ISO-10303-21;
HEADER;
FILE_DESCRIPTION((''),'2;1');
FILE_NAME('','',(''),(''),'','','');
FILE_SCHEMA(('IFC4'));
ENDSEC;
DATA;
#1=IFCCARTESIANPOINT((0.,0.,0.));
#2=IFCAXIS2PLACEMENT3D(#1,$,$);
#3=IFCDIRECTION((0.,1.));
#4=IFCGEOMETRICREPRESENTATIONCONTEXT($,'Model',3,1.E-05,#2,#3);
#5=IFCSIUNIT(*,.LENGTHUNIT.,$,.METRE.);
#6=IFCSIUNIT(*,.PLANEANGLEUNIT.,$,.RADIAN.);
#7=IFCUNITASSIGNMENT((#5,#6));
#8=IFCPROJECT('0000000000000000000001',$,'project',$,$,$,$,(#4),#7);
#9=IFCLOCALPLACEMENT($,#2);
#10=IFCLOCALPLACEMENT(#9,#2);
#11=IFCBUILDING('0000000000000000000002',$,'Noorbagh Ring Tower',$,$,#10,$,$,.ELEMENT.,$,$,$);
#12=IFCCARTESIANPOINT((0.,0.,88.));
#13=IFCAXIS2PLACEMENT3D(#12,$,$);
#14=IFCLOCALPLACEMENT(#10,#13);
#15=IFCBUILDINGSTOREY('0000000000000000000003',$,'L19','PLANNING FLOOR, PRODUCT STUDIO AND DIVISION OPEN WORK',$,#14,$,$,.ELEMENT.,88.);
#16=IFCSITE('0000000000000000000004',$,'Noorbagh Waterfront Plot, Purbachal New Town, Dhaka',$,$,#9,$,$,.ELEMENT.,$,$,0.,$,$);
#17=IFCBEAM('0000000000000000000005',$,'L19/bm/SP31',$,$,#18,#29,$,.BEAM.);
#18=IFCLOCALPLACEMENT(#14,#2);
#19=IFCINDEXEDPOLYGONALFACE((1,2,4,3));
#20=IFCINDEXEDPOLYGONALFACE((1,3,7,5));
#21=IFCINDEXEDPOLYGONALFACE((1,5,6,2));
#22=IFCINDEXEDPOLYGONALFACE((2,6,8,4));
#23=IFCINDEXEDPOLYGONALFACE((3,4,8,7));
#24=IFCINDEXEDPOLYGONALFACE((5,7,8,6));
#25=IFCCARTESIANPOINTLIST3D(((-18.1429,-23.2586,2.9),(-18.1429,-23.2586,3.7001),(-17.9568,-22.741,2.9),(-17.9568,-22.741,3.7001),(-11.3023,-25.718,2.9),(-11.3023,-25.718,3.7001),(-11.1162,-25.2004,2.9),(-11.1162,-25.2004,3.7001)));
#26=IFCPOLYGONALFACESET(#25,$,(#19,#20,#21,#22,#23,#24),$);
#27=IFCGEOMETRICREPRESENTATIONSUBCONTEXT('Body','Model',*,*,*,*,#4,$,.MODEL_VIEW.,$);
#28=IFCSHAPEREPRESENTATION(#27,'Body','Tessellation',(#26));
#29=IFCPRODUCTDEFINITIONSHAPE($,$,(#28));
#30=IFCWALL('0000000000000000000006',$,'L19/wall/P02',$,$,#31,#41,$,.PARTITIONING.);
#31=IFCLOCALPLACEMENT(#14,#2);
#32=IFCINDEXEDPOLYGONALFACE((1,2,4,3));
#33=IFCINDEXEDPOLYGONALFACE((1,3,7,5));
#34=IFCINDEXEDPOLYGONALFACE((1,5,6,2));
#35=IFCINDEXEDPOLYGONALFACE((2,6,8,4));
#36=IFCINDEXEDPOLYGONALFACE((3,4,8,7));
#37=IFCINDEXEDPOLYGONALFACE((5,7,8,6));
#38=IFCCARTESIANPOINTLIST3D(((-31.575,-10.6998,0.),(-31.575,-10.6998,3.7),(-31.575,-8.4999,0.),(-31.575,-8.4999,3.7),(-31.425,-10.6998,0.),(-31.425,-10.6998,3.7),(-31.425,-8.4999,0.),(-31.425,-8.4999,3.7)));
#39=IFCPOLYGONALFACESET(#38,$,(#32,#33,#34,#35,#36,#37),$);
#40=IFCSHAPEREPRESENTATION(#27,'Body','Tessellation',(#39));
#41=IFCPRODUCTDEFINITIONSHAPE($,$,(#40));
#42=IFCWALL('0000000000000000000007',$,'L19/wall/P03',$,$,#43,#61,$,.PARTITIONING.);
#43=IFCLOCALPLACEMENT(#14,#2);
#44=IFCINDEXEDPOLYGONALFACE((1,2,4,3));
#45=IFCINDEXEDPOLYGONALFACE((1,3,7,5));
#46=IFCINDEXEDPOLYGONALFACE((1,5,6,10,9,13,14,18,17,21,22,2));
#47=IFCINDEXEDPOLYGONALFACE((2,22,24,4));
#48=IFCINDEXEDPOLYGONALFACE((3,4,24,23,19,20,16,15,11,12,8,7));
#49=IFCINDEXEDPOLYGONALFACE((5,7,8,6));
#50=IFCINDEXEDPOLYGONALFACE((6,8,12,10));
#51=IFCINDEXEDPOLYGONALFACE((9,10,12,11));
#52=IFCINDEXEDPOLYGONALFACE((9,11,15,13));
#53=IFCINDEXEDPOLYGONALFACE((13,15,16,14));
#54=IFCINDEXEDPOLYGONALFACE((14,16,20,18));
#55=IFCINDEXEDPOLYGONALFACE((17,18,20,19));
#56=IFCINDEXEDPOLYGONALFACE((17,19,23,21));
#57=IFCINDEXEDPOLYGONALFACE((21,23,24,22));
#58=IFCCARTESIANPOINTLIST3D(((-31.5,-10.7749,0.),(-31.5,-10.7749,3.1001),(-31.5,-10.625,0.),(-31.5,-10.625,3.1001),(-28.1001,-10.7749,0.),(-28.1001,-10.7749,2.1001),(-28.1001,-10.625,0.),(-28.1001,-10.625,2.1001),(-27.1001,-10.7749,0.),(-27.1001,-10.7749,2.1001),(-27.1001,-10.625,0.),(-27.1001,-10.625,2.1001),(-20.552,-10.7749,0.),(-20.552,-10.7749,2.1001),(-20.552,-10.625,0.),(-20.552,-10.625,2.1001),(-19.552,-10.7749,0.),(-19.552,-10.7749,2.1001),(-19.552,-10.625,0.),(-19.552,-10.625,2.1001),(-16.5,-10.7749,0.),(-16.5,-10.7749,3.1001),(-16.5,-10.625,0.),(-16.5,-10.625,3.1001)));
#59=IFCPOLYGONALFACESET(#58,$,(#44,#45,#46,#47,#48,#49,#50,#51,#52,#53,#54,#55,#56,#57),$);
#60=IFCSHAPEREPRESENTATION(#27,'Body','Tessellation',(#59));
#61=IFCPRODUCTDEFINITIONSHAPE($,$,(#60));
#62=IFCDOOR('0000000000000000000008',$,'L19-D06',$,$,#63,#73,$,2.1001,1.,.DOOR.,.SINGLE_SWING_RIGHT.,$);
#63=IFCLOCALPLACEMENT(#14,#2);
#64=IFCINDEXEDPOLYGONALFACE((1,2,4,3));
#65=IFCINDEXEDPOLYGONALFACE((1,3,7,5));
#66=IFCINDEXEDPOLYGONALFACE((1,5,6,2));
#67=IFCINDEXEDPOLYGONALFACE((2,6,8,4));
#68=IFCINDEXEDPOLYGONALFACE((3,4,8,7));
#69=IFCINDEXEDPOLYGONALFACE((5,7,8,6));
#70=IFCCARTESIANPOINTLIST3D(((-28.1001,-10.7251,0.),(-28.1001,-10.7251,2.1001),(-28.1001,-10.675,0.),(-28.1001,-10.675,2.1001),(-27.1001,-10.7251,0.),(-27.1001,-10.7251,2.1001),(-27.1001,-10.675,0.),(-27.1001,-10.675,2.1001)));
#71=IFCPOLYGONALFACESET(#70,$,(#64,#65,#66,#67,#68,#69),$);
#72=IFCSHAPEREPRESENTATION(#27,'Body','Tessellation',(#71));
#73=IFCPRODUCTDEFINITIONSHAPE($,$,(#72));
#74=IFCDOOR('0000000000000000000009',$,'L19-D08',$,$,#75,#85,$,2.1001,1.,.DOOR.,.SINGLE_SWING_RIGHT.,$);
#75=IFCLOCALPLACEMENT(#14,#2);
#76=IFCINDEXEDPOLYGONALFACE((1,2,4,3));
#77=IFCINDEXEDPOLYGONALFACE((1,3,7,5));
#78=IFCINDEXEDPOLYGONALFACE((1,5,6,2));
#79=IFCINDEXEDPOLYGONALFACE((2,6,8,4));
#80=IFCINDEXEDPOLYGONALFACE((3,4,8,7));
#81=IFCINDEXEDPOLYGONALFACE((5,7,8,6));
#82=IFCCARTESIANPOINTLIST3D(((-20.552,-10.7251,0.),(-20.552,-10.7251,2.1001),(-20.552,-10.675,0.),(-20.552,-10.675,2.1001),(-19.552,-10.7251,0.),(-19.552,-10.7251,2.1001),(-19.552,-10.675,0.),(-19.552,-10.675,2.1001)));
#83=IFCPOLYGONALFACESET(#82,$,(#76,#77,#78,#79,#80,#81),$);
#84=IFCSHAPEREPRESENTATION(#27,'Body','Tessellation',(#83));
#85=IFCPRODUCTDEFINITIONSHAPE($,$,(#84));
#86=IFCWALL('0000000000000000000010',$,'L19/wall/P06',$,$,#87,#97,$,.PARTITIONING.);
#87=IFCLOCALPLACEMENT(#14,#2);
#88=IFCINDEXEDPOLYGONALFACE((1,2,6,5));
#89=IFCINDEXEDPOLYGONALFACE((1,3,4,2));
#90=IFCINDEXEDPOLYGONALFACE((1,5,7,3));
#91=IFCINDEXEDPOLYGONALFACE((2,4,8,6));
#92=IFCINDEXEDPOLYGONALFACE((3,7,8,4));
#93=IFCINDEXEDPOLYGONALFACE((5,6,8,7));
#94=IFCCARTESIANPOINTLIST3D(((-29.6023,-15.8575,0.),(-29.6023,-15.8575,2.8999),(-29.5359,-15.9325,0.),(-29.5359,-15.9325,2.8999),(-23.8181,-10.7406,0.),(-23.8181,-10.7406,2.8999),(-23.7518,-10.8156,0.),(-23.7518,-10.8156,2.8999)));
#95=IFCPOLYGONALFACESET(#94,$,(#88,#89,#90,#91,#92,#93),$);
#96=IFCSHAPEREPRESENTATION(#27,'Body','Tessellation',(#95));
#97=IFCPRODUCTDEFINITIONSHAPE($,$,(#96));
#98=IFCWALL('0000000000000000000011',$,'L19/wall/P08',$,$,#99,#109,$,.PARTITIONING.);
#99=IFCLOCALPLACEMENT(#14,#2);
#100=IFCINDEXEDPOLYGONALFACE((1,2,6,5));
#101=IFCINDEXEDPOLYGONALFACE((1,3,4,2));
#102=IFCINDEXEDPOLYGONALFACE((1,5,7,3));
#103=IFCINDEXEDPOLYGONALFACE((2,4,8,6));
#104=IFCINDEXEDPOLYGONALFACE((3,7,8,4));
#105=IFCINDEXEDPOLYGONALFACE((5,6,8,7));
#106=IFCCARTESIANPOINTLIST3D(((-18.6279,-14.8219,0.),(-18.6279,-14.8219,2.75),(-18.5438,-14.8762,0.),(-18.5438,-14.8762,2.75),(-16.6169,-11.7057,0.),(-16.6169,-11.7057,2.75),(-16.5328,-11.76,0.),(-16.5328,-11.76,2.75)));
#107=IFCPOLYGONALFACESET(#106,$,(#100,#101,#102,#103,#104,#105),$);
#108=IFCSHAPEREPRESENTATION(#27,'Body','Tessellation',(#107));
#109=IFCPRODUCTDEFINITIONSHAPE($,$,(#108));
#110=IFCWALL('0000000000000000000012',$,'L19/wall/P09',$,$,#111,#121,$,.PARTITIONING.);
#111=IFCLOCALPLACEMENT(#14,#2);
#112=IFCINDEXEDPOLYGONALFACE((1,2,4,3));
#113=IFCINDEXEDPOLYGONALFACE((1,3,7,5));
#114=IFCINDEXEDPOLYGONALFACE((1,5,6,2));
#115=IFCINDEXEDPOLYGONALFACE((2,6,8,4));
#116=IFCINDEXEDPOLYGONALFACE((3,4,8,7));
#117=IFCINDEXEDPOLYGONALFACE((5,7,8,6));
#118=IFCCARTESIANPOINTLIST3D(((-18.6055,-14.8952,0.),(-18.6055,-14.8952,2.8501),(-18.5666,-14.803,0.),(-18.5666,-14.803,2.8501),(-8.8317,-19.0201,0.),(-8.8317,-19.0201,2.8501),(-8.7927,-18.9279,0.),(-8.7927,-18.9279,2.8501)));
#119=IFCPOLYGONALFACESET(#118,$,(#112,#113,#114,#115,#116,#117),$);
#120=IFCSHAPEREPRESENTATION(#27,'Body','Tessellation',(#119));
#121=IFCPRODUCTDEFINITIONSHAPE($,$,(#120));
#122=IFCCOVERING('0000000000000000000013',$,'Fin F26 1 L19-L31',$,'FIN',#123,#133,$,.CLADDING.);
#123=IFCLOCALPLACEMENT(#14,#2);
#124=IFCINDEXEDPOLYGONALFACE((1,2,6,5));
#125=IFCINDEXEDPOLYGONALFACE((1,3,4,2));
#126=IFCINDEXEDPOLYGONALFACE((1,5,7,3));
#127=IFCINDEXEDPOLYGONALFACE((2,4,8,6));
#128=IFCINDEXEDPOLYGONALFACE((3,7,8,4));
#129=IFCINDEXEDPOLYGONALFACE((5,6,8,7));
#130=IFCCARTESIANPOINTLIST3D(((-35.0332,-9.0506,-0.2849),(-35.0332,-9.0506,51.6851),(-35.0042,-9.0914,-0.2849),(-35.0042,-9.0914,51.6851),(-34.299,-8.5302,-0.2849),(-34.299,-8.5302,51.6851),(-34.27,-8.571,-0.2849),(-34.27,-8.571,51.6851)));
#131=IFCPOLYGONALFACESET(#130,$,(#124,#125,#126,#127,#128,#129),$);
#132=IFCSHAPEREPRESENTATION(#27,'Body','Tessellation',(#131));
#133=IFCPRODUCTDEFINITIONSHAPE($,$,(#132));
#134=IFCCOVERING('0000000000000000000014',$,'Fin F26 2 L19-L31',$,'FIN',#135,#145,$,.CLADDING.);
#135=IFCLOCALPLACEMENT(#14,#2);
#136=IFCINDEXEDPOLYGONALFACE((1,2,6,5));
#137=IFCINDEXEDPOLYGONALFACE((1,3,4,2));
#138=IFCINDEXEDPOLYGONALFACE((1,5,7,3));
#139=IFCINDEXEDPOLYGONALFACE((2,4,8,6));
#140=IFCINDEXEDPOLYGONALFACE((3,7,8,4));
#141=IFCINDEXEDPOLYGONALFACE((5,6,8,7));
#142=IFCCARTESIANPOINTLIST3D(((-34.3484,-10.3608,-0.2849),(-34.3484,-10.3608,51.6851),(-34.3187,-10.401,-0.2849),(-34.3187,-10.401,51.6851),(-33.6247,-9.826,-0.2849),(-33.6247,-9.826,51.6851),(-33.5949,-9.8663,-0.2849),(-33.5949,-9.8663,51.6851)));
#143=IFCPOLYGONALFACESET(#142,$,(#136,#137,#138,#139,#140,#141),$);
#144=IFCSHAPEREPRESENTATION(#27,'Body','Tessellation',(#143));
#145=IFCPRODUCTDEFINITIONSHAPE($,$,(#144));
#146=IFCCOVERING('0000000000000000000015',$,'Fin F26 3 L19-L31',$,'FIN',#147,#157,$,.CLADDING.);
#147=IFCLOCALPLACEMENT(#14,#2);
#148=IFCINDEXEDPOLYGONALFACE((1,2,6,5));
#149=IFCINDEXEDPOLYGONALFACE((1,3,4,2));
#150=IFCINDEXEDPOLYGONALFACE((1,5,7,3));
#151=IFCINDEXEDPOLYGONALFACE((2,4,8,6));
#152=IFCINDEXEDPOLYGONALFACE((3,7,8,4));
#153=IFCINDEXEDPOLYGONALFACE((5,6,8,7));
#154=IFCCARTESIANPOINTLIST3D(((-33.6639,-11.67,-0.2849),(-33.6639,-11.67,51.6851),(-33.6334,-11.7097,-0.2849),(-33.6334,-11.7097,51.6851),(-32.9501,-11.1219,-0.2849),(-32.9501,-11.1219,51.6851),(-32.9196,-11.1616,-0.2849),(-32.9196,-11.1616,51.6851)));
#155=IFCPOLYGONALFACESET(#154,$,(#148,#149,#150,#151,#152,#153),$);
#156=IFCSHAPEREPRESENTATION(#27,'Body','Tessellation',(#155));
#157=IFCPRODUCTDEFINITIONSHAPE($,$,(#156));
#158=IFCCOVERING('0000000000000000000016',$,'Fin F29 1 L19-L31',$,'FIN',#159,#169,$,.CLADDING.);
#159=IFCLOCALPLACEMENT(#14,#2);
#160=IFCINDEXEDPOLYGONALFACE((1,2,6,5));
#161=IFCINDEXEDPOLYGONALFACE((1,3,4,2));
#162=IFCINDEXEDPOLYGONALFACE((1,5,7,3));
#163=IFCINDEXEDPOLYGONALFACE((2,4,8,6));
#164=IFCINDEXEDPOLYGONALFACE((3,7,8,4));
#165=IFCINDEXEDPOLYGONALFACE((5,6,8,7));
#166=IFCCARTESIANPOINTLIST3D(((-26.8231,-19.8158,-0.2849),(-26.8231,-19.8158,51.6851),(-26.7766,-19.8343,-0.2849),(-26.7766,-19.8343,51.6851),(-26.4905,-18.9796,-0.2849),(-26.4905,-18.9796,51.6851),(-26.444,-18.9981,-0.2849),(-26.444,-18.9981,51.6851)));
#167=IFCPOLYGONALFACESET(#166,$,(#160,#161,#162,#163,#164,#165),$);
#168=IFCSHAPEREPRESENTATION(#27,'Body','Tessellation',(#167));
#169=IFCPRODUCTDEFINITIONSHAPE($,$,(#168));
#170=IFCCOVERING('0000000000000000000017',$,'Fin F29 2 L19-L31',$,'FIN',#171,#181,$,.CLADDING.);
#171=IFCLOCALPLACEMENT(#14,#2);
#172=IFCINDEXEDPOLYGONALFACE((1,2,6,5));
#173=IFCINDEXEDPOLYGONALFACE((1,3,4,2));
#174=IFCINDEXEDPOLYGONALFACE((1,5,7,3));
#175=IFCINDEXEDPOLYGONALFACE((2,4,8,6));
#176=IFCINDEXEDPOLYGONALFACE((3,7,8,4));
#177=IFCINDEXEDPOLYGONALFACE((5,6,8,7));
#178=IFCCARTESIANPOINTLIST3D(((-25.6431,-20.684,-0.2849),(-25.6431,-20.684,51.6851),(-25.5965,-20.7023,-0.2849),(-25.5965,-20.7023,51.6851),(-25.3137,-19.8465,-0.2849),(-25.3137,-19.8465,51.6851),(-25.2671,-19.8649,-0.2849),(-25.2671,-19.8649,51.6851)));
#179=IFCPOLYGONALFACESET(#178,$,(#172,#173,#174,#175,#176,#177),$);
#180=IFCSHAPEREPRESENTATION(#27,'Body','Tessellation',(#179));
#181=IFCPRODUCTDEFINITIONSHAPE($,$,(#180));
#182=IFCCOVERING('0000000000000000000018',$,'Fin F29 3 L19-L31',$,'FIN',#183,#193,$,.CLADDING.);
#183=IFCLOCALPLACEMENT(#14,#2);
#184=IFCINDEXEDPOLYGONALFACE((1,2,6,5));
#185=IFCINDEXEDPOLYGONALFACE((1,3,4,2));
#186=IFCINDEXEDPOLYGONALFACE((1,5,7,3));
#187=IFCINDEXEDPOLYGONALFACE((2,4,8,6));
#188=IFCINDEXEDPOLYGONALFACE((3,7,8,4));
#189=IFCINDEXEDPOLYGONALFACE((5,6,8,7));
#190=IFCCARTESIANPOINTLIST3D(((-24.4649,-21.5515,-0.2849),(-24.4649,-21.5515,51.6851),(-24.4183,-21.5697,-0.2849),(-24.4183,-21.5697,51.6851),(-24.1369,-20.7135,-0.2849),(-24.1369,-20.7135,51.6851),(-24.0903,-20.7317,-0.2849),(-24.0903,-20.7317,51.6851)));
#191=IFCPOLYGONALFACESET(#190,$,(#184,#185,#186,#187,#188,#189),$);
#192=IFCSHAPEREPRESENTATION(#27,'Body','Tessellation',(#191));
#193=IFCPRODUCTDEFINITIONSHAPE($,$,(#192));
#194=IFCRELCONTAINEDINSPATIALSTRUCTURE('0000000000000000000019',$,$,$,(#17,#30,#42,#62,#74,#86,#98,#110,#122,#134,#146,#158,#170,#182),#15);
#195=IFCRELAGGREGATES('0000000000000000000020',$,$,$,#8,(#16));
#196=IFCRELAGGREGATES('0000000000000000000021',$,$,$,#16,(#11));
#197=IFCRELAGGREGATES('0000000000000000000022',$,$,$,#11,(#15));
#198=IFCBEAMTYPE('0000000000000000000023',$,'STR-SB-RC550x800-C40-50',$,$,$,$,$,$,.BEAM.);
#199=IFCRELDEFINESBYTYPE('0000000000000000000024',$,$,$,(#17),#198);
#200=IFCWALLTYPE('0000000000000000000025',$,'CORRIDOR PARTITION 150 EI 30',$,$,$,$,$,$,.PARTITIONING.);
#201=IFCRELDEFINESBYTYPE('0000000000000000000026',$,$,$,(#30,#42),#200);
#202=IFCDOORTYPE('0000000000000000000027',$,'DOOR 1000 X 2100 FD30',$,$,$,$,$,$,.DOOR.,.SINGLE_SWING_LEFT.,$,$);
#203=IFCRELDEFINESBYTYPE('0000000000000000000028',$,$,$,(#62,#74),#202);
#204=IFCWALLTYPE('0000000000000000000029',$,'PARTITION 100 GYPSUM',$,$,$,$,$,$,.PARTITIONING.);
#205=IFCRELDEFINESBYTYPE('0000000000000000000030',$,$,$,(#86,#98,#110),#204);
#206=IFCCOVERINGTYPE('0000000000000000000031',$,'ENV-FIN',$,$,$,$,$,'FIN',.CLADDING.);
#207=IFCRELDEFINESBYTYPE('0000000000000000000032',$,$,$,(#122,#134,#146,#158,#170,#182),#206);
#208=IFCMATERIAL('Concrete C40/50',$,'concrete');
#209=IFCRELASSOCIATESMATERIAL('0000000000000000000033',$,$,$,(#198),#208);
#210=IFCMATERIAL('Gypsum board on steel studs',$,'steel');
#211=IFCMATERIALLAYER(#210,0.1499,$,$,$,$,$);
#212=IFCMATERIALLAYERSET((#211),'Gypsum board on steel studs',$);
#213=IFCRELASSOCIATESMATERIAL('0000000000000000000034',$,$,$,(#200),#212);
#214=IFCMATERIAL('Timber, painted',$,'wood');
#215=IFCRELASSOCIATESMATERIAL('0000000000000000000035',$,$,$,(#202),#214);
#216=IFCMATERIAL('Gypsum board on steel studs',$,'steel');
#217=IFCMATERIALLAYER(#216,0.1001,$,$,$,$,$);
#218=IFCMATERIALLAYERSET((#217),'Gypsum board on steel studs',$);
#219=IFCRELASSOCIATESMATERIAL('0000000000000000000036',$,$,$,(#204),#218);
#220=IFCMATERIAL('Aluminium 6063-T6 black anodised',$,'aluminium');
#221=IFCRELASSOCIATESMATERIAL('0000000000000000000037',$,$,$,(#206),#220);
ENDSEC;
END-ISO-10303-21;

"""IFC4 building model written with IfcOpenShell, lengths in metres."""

from ifc_helpers import new_model, si_unit, direction, frame, frame_2d, origin, origin_2d, place, context, subcontext, project, spatial, rectangle, extrude, material, layer, layer_set, material_profile, profile_set, type_object, element, fill, save


model = new_model("IFC4")

# Units and contexts
model_context = context("Model", 3, precision=1e-05, world=origin(), true_north=direction((0.0, 1.0)))
body_context = subcontext(model_context, "Body", "Model", "MODEL_VIEW")
ifc_project = project(units=[si_unit("LENGTHUNIT", "METRE"), si_unit("PLANEANGLEUNIT", "RADIAN")], contexts=[model_context])

# Site, building, storey
site_placement = place(None, origin())
site = spatial("IfcSite", under=ifc_project, at=site_placement, Name="Noorbagh Waterfront Plot, Purbachal New Town, Dhaka", CompositionType="ELEMENT", RefElevation=0.0)
building_placement = place(site_placement, origin())
building = spatial("IfcBuilding", under=site, at=building_placement, Name="Noorbagh Ring Tower", CompositionType="ELEMENT")
storey_placement = place(building_placement, frame((0.0, 0.0, 88.0)))
storey = spatial("IfcBuildingStorey", under=building, at=storey_placement, Name="L19", Description="PLANNING FLOOR, PRODUCT STUDIO AND DIVISION OPEN WORK", CompositionType="ELEMENT", Elevation=88.0)

# Beam
ifc_material_1 = material(Name="Concrete C40/50", Category="concrete")
ifc_material_profile_1 = material_profile(ifc_material_1, rectangle(XDim=0.55, YDim=0.8, at=origin_2d()), Name="RC550x800")
ifc_profile_set_1 = profile_set([ifc_material_profile_1], Name="Concrete C40/50")
beam_type_1 = type_object("IfcBeamType", Name="STR-SB-RC550x800-C40-50", PredefinedType="BEAM", material=ifc_profile_set_1)
beam_1_placement = place(storey_placement, frame((-18.0498, -22.9998, 3.3), z_axis=(0.941025, -0.338338, 0.0), x_axis=(0.338338, 0.941025, 0.0)))
element("IfcBeam", 1, at=beam_1_placement, inside=storey, type_object=beam_type_1, Name="L19/bm/SP31", PredefinedType="BEAM", context=body_context, shape_type="SweptSolid", body=[
    extrude(rectangle(XDim=0.55, YDim=0.8, at=origin_2d()), origin(), (0.0, 0.0, 1.0), 7.2693),
])

# Wall
ifc_material_2 = material(Name="Gypsum board on steel studs", Category="steel")
ifc_layer_1 = layer(ifc_material_2, 0.1499)
ifc_layer_set_1 = layer_set([ifc_layer_1], Name="Gypsum board on steel studs")
wall_type_1 = type_object("IfcWallType", Name="CORRIDOR PARTITION 150 EI 30", PredefinedType="PARTITIONING", material=ifc_layer_set_1)
wall_1_placement = place(storey_placement, frame((-31.5, -10.7, 0.0), z_axis=(0.0, 0.0, 1.0), x_axis=(0.0, 1.0, 0.0)))
element("IfcWall", 2, at=wall_1_placement, inside=storey, type_object=wall_type_1, Name="L19/wall/P02", PredefinedType="PARTITIONING", context=body_context, shape_type="SweptSolid", body=[
    extrude(rectangle(XDim=2.2, YDim=0.1499, at=frame_2d((1.1001, 0.0))), origin(), (0.0, 0.0, 1.0), 3.7),
])

# Wall, openings, doors
wall_2_placement = place(storey_placement, frame((-31.5, -10.7, 0.0), z_axis=(0.0, 0.0, 1.0), x_axis=(1.0, 0.0, 0.0)))
wall_2 = element("IfcWall", 3, at=wall_2_placement, inside=storey, type_object=wall_type_1, Name="L19/wall/P03", PredefinedType="PARTITIONING", context=body_context, shape_type="SweptSolid", body=[
    extrude(rectangle(XDim=15.0, YDim=0.1499, at=frame_2d((7.5, 0.0))), origin(), (0.0, 0.0, 1.0), 3.1001),
])
opening_1_placement = place(wall_2_placement, frame((3.3999, 0.0, 0.0)))
opening_1 = element("IfcOpeningElement", 4, at=opening_1_placement, cuts=wall_2, PredefinedType="OPENING", context=body_context, shape_type="SweptSolid", body=[
    extrude(rectangle(XDim=1.0, YDim=2.1001, at=frame_2d((0.5, 1.05))), frame((0.0, 0.085, 0.0), z_axis=(0.0, -1.0, 0.0), x_axis=(1.0, 0.0, 0.0)), (0.0, 0.0, 1.0), 0.1699),
])
opening_2_placement = place(wall_2_placement, frame((10.948, 0.0, 0.0)))
opening_2 = element("IfcOpeningElement", 5, at=opening_2_placement, cuts=wall_2, PredefinedType="OPENING", context=body_context, shape_type="SweptSolid", body=[
    extrude(rectangle(XDim=1.0, YDim=2.1001, at=frame_2d((0.5, 1.05))), frame((0.0, 0.085, 0.0), z_axis=(0.0, -1.0, 0.0), x_axis=(1.0, 0.0, 0.0)), (0.0, 0.0, 1.0), 0.1699),
])
ifc_material_3 = material(Name="Timber, painted", Category="wood")
door_type = type_object("IfcDoorType", Name="DOOR 1000 X 2100 FD30", OperationType="SINGLE_SWING_LEFT", PredefinedType="DOOR", material=ifc_material_3)
door_1_placement = place(opening_1_placement, origin())
door_1 = element("IfcDoor", 6, at=door_1_placement, inside=storey, type_object=door_type, Name="L19-D06", OperationType="SINGLE_SWING_RIGHT", OverallHeight=2.1001, OverallWidth=1.0, PredefinedType="DOOR", context=body_context, shape_type="SweptSolid", body=[
    extrude(rectangle(XDim=1.0, YDim=2.1001, at=frame_2d((0.5, 1.05))), frame((0.0, 0.0249, 0.0), z_axis=(0.0, -1.0, 0.0), x_axis=(1.0, 0.0, 0.0)), (0.0, 0.0, 1.0), 0.05),
])
fill(opening_1, door_1)
door_2_placement = place(opening_2_placement, origin())
door_2 = element("IfcDoor", 7, at=door_2_placement, inside=storey, type_object=door_type, Name="L19-D08", OperationType="SINGLE_SWING_RIGHT", OverallHeight=2.1001, OverallWidth=1.0, PredefinedType="DOOR", context=body_context, shape_type="SweptSolid", body=[
    extrude(rectangle(XDim=1.0, YDim=2.1001, at=frame_2d((0.5, 1.05))), frame((0.0, 0.0249, 0.0), z_axis=(0.0, -1.0, 0.0), x_axis=(1.0, 0.0, 0.0)), (0.0, 0.0, 1.0), 0.05),
])
fill(opening_2, door_2)

# Walls
ifc_material_4 = material(Name="Gypsum board on steel studs", Category="steel")
ifc_layer_2 = layer(ifc_material_4, 0.1001)
ifc_layer_set_2 = layer_set([ifc_layer_2], Name="Gypsum board on steel studs")
wall_type_2 = type_object("IfcWallType", Name="PARTITION 100 GYPSUM", PredefinedType="PARTITIONING", material=ifc_layer_set_2)
wall_3_placement = place(storey_placement, frame((-29.5691, -15.895, 0.0), z_axis=(0.0, 0.0, 1.0), x_axis=(0.748986, 0.662586, 0.0)))
element("IfcWall", 8, at=wall_3_placement, inside=storey, type_object=wall_type_2, Name="L19/wall/P06", PredefinedType="PARTITIONING", context=body_context, shape_type="SweptSolid", body=[
    extrude(rectangle(XDim=7.7227, YDim=0.1001, at=frame_2d((3.8613, 0.0))), origin(), (0.0, 0.0, 1.0), 2.8999),
])
wall_4_placement = place(storey_placement, frame((-18.5859, -14.8491, 0.0), z_axis=(0.0, 0.0, 1.0), x_axis=(0.542227, 0.840232, 0.0)))
element("IfcWall", 9, at=wall_4_placement, inside=storey, type_object=wall_type_2, Name="L19/wall/P08", PredefinedType="PARTITIONING", context=body_context, shape_type="SweptSolid", body=[
    extrude(rectangle(XDim=3.7087, YDim=0.1001, at=frame_2d((1.8545, 0.0))), origin(), (0.0, 0.0, 1.0), 2.75),
])
wall_5_placement = place(storey_placement, frame((-18.5859, -14.8491, 0.0), z_axis=(0.0, 0.0, 1.0), x_axis=(0.921309, -0.388831, 0.0)))
element("IfcWall", 10, at=wall_5_placement, inside=storey, type_object=wall_type_2, Name="L19/wall/P09", PredefinedType="PARTITIONING", context=body_context, shape_type="SweptSolid", body=[
    extrude(rectangle(XDim=10.6086, YDim=0.1001, at=frame_2d((5.3042, 0.0))), origin(), (0.0, 0.0, 1.0), 2.8501),
])

# Coverings
ifc_material_5 = material(Name="Aluminium 6063-T6 black anodised", Category="aluminium")
ifc_material_profile_2 = material_profile(ifc_material_5, rectangle(XDim=0.8999, YDim=0.05, at=origin_2d()), Name="900x50")
ifc_profile_set_2 = profile_set([ifc_material_profile_2], Name="Aluminium 6063-T6 black anodised")
covering_type = type_object("IfcCoveringType", Name="ENV-FIN", ElementType="FIN", PredefinedType="CLADDING", material=ifc_profile_set_2)
for number, where, z_axis, x_axis, name in (
    (11, (-34.6516, -8.8108, -0.2849), (0.0, 0.0, 1.0), (-0.815855, -0.578256, 0.0), "Fin F26 1 L19-L31"),
    (12, (-33.9717, -10.1135, -0.2849), (0.0, 0.0, 1.0), (-0.80426, -0.594277, 0.0), "Fin F26 2 L19-L31"),
    (13, (-33.2917, -11.4158, -0.2849), (0.0, 0.0, 1.0), (-0.793138, -0.609043, 0.0), "Fin F26 3 L19-L31"),
    (14, (-26.6335, -19.407, -0.2849), (0.0, 0.0, 1.0), (-0.369564, -0.929205, 0.0), "Fin F29 1 L19-L31"),
    (15, (-25.4551, -20.2744, -0.2849), (0.0, 0.0, 1.0), (-0.366047, -0.930596, 0.0), "Fin F29 2 L19-L31"),
    (16, (-24.2776, -21.1416, -0.2849), (0.0, 0.0, 1.0), (-0.364533, -0.93119, 0.0), "Fin F29 3 L19-L31"),
):
    element("IfcCovering", number, at=place(storey_placement, frame(where, z_axis=z_axis, x_axis=x_axis)), inside=storey, type_object=covering_type, Name=name, ObjectType="FIN", PredefinedType="CLADDING", context=body_context, shape_type="SweptSolid", body=[
        extrude(rectangle(XDim=0.8999, YDim=0.05, at=origin_2d()), origin(), (0.0, 0.0, 1.0), 51.97),
    ])

save(model, "model.ifc")
